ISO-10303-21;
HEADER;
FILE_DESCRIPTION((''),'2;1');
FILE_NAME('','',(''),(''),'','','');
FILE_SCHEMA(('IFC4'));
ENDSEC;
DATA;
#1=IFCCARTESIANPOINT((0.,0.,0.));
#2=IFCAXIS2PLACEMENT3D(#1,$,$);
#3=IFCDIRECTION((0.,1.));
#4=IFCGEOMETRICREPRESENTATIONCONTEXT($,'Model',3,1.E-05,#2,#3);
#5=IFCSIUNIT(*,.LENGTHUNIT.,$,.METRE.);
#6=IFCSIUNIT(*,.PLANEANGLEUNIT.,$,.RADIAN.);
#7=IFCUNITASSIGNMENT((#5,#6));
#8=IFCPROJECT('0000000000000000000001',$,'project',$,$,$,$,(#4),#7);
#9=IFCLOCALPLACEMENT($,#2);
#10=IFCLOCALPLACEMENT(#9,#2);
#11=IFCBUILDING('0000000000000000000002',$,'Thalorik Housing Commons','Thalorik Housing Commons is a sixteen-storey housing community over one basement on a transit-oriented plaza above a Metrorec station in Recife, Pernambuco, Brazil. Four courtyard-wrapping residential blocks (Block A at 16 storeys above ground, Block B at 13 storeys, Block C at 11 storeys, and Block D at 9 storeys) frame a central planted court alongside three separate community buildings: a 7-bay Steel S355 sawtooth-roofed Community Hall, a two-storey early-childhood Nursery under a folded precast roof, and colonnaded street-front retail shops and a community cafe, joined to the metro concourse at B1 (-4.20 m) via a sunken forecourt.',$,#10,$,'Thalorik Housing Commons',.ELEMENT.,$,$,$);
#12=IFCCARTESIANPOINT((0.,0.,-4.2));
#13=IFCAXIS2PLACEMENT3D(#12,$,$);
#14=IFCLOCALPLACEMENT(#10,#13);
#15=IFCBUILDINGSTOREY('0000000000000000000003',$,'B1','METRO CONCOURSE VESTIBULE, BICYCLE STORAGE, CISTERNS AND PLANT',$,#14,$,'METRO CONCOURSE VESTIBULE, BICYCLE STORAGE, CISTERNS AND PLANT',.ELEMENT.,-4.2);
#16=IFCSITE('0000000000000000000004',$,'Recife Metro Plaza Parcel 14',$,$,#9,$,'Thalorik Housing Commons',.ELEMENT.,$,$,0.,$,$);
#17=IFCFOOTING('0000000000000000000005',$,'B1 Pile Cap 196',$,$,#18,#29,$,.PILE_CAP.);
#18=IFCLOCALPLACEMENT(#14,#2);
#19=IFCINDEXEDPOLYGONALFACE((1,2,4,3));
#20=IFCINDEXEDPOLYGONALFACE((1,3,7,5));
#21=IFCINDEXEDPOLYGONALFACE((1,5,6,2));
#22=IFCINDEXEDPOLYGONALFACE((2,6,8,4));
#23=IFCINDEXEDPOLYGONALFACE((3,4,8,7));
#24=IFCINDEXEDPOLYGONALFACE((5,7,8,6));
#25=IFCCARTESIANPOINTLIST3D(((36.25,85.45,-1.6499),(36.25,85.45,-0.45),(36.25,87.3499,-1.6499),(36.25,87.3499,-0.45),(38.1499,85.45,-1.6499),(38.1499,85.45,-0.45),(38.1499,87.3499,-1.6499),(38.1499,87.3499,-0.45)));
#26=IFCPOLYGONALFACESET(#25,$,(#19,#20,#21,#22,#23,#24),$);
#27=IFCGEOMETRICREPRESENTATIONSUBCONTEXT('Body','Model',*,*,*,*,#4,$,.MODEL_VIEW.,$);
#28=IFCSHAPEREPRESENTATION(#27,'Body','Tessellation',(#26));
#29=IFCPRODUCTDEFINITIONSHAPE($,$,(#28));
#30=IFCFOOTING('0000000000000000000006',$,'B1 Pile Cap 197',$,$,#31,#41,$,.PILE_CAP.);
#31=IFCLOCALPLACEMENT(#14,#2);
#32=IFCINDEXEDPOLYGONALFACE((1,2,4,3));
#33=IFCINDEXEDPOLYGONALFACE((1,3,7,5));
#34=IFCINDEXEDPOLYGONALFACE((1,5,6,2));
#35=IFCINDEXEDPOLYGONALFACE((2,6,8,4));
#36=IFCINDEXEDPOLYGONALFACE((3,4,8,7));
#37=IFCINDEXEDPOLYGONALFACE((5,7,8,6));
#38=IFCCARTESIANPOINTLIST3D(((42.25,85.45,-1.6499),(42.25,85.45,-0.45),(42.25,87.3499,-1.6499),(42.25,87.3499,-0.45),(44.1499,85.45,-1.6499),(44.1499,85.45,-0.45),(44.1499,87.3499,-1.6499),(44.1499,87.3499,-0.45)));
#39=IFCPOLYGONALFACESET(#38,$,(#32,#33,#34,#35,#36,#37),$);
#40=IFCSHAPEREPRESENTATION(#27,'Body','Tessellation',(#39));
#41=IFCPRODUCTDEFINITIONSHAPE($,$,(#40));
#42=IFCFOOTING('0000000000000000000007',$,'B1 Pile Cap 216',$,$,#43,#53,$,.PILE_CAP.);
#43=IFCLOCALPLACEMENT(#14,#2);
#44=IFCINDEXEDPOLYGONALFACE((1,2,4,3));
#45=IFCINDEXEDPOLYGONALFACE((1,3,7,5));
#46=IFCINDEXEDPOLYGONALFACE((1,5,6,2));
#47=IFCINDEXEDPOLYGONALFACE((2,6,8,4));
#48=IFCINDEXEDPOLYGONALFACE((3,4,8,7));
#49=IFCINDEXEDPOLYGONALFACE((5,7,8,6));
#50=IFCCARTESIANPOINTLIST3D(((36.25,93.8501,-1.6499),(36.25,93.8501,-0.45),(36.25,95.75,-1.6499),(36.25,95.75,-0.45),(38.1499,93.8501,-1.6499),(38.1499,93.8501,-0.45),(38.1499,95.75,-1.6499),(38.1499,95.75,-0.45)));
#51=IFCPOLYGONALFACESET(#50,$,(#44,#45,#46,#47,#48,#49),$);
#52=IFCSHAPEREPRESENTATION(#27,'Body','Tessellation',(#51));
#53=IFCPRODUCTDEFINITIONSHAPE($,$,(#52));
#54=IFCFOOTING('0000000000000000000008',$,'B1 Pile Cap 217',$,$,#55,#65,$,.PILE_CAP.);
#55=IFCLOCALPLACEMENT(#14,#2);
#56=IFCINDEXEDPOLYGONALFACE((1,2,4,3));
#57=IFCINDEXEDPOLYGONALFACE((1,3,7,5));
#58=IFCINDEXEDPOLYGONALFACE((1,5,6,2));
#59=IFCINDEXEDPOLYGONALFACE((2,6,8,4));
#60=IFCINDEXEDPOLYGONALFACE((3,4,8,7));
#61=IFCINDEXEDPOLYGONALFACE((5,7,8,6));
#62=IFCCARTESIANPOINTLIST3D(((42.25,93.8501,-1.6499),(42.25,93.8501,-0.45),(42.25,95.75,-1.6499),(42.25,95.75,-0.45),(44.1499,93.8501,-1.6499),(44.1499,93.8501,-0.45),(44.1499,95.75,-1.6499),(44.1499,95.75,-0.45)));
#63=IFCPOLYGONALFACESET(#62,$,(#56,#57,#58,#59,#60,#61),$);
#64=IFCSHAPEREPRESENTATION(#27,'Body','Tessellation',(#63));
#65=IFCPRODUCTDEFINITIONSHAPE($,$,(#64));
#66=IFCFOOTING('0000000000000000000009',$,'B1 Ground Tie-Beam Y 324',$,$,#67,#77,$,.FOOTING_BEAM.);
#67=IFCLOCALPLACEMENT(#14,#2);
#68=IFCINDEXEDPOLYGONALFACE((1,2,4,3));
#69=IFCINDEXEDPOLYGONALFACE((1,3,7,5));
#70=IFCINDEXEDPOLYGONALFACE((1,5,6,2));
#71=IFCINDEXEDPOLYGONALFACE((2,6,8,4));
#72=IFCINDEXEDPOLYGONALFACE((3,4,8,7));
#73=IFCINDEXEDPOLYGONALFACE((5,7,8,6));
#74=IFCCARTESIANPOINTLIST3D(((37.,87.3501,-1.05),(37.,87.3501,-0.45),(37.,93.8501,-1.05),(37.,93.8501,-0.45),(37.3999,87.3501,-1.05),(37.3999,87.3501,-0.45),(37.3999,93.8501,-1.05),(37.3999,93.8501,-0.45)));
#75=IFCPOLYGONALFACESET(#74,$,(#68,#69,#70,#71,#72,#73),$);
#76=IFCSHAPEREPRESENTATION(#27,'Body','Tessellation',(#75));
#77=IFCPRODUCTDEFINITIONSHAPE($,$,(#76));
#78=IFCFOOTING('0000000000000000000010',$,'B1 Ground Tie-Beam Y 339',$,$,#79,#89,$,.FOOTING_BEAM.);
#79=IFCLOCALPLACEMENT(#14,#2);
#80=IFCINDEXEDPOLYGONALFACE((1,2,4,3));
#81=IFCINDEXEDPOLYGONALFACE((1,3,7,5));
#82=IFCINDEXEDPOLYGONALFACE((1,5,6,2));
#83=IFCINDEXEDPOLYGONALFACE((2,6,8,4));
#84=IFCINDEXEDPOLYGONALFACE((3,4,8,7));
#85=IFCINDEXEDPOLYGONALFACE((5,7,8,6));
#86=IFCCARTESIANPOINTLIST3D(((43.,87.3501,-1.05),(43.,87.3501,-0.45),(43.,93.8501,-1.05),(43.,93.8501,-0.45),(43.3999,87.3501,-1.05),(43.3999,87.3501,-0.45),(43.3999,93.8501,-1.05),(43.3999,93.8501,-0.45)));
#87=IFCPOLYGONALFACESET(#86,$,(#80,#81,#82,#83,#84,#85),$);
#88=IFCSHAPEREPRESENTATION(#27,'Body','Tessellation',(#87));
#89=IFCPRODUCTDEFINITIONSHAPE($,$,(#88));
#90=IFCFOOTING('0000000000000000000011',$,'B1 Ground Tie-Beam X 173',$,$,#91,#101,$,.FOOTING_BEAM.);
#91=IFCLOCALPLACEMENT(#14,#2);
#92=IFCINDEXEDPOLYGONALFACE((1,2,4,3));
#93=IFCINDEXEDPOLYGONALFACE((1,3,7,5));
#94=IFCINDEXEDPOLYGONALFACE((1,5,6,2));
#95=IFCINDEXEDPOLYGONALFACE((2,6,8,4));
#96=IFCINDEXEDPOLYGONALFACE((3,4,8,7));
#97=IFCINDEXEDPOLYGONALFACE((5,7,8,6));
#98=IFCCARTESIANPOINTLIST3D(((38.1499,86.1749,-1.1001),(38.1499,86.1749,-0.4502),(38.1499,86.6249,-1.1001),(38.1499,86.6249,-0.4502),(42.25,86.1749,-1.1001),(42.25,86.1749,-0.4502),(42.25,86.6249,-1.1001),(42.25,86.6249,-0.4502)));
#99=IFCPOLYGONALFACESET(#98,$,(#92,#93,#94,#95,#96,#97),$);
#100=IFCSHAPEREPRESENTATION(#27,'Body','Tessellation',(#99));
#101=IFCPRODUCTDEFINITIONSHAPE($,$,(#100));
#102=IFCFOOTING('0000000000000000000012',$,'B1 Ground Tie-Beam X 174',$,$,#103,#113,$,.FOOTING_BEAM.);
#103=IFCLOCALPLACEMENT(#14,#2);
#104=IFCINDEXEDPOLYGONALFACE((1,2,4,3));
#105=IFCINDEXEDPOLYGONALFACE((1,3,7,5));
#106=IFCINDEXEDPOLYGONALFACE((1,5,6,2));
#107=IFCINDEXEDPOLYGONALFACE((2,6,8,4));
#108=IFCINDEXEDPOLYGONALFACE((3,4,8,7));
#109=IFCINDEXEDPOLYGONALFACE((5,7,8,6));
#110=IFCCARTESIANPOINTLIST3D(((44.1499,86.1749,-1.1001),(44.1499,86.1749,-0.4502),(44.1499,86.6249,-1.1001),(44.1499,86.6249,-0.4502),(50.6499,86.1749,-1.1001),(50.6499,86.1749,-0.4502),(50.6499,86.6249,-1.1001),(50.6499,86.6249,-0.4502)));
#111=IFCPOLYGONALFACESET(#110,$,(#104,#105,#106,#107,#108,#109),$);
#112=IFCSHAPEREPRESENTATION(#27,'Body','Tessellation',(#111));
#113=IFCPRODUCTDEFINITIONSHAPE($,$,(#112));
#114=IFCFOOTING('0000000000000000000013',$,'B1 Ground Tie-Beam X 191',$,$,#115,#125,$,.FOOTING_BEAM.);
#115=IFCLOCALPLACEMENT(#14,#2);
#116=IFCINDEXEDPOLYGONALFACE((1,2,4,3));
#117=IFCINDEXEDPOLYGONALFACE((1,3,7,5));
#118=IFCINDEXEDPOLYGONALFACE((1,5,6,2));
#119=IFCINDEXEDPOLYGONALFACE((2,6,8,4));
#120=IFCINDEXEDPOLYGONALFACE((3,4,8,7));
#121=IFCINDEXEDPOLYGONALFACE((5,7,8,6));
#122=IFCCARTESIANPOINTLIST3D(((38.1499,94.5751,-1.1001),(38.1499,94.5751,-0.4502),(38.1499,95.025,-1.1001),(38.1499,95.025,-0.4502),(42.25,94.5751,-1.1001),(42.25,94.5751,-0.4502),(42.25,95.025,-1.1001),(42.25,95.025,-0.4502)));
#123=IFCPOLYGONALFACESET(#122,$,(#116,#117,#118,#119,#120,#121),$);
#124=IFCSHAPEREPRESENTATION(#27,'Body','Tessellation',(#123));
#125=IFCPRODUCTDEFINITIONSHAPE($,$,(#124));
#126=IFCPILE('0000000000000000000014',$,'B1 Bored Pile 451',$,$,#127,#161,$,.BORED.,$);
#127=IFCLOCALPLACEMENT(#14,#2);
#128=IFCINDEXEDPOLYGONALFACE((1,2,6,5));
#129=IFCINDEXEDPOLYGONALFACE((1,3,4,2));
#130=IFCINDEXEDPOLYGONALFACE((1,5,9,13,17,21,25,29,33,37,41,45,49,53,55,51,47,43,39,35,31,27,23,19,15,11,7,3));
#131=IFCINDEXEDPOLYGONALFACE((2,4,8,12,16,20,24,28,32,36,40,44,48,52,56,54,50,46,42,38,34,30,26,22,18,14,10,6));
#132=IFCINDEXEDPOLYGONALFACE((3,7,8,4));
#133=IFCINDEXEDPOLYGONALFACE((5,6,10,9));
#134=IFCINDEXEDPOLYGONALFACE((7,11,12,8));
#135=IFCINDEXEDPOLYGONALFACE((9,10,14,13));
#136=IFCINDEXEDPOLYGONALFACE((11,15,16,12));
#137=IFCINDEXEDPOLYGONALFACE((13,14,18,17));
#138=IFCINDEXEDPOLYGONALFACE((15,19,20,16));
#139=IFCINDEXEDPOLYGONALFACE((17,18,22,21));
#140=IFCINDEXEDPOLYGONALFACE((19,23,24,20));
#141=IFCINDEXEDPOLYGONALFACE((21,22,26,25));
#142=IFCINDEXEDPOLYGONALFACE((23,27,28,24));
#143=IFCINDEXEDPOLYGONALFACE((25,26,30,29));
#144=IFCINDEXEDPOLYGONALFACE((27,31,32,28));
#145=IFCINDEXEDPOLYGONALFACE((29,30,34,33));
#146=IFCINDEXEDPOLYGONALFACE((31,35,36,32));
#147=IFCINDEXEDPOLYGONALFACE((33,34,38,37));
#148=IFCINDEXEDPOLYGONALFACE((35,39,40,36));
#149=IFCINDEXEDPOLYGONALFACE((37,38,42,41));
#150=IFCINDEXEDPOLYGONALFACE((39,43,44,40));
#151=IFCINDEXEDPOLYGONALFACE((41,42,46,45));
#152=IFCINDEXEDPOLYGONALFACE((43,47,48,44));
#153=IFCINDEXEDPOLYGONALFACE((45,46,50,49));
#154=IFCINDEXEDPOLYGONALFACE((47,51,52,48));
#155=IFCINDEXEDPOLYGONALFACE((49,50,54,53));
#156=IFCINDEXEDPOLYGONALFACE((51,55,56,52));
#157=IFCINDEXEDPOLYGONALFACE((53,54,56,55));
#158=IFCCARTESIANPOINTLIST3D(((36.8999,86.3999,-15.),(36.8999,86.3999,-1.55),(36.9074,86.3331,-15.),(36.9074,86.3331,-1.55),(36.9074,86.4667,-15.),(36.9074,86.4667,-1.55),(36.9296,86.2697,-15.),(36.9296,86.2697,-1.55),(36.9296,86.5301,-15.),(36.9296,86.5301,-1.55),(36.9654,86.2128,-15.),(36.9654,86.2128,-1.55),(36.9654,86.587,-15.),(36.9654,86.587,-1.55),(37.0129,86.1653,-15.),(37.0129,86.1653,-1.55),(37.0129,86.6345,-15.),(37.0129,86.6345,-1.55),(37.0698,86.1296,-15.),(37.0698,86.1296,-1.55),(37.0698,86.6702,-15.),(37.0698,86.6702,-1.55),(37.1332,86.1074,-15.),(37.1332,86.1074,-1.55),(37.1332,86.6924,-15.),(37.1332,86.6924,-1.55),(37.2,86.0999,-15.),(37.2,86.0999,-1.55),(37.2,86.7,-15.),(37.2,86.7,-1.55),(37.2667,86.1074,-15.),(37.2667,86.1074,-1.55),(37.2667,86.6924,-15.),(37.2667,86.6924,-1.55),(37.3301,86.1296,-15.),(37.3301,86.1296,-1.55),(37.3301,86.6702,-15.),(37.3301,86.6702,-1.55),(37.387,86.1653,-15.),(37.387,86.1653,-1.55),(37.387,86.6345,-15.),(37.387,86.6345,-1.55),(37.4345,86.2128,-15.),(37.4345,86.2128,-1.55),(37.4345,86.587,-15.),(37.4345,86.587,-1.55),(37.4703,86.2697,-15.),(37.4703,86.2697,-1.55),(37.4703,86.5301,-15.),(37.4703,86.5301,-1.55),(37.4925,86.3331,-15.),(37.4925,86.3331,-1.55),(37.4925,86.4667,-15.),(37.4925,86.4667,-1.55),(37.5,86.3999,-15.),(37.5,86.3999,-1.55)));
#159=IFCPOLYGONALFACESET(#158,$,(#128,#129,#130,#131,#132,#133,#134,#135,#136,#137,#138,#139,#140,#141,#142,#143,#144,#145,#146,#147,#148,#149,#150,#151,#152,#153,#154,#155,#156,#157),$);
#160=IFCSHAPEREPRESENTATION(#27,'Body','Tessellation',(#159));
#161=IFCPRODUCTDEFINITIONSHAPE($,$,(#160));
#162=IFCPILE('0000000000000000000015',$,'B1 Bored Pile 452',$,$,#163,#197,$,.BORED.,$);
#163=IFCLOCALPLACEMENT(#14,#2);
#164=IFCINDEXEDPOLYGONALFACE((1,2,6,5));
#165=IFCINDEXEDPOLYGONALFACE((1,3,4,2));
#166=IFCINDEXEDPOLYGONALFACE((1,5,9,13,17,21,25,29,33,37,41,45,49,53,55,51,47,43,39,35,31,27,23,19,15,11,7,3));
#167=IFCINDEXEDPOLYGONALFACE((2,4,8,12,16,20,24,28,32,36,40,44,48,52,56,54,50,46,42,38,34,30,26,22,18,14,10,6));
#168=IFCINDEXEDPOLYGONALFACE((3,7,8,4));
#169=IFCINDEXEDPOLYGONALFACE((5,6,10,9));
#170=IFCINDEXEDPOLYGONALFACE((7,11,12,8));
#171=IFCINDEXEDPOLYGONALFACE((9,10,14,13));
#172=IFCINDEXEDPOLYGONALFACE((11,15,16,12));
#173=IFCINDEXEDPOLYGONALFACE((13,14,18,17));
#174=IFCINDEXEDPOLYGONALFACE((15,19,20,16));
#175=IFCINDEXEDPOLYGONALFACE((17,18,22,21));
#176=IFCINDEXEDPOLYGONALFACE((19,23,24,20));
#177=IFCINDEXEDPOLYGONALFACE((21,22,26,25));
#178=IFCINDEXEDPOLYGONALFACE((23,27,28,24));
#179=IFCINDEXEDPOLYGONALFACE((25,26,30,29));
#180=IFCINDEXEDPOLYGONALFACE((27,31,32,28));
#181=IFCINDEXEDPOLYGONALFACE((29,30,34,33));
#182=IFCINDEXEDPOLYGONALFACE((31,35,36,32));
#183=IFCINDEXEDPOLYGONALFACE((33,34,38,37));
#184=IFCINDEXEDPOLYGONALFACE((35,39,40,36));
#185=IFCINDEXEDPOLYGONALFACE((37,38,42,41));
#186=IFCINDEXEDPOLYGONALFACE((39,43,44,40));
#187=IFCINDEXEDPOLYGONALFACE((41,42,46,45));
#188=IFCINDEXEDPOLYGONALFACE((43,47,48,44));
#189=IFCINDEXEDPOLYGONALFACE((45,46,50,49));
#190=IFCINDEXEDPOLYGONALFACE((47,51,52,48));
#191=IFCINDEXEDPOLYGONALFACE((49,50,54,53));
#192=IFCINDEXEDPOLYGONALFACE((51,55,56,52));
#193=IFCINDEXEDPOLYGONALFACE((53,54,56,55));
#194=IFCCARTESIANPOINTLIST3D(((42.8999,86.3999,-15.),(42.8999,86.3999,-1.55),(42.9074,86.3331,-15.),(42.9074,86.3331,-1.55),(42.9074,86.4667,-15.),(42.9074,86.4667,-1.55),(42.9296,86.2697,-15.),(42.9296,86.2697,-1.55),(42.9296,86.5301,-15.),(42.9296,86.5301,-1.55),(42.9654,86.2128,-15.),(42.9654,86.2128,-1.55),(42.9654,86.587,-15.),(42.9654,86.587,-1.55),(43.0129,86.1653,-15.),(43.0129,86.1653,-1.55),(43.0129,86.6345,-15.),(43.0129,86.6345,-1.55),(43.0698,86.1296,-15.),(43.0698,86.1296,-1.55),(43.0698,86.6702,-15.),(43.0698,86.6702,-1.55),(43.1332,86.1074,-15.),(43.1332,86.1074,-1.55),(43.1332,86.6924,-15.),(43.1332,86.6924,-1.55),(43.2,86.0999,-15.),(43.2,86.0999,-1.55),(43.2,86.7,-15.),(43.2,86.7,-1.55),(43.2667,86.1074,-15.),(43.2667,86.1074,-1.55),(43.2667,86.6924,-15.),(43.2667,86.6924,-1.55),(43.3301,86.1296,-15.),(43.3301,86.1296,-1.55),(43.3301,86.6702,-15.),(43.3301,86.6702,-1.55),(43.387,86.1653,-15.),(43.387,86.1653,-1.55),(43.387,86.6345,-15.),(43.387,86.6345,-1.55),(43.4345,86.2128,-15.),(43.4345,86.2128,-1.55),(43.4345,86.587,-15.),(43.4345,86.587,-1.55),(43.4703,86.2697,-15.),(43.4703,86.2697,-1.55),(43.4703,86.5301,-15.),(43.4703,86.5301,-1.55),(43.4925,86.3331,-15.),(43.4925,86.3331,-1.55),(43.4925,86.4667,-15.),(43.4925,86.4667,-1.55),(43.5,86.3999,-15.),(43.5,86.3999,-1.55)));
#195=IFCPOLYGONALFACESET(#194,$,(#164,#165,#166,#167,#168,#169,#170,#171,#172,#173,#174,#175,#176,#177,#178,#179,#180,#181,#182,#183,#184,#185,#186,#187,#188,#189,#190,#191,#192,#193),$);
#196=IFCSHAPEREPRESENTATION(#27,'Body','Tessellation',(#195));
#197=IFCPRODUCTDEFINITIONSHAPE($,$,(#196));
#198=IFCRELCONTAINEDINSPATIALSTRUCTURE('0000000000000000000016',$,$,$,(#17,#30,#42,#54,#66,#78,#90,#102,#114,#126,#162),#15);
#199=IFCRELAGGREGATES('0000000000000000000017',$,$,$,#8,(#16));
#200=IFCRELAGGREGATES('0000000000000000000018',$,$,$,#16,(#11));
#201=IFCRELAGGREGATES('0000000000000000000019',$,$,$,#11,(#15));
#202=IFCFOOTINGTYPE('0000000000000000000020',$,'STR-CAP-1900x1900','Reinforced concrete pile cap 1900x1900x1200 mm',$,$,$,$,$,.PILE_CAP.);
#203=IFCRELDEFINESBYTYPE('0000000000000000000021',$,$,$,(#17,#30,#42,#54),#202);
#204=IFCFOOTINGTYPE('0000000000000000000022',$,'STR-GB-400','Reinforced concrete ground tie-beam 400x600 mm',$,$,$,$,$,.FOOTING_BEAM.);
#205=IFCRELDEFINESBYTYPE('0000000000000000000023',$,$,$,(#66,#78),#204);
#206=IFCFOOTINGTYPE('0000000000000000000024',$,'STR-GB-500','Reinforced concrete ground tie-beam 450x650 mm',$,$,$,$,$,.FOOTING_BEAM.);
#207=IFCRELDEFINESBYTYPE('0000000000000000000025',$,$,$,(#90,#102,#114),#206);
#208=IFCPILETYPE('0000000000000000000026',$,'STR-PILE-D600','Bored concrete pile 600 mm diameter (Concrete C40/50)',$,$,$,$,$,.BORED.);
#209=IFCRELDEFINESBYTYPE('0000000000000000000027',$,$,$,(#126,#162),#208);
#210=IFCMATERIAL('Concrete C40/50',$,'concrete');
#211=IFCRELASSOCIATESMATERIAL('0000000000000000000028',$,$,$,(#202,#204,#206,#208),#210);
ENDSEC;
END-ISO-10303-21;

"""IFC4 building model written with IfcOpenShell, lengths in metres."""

from ifc_helpers import new_model, si_unit, direction, frame, origin, origin_2d, place, context, subcontext, project, spatial, rectangle, circle, extrude, material, material_profile, profile_set, type_object, element, save


model = new_model("IFC4")

# Units and contexts
model_context = context("Model", 3, precision=1e-05, world=origin(), true_north=direction((0.0, 1.0)))
body_context = subcontext(model_context, "Body", "Model", "MODEL_VIEW")
ifc_project = project(units=[si_unit("LENGTHUNIT", "METRE"), si_unit("PLANEANGLEUNIT", "RADIAN")], contexts=[model_context])

# Site, building, storey
site_placement = place(None, origin())
site = spatial("IfcSite", under=ifc_project, at=site_placement, Name="Recife Metro Plaza Parcel 14", LongName="Thalorik Housing Commons", CompositionType="ELEMENT", RefElevation=0.0)
building_placement = place(site_placement, origin())
building = spatial("IfcBuilding", under=site, at=building_placement, Name="Thalorik Housing Commons", Description="Thalorik Housing Commons is a sixteen-storey housing community over one basement on a transit-oriented plaza above a Metrorec station in Recife, Pernambuco, Brazil. Four courtyard-wrapping residential blocks (Block A at 16 storeys above ground, Block B at 13 storeys, Block C at 11 storeys, and Block D at 9 storeys) frame a central planted court alongside three separate community buildings: a 7-bay Steel S355 sawtooth-roofed Community Hall, a two-storey early-childhood Nursery under a folded precast roof, and colonnaded street-front retail shops and a community cafe, joined to the metro concourse at B1 (-4.20 m) via a sunken forecourt.", LongName="Thalorik Housing Commons", CompositionType="ELEMENT")
storey_placement = place(building_placement, frame((0.0, 0.0, -4.2)))
storey = spatial("IfcBuildingStorey", under=building, at=storey_placement, Name="B1", Description="METRO CONCOURSE VESTIBULE, BICYCLE STORAGE, CISTERNS AND PLANT", LongName="METRO CONCOURSE VESTIBULE, BICYCLE STORAGE, CISTERNS AND PLANT", CompositionType="ELEMENT", Elevation=-4.2)

# Footings
ifc_material_1 = material(Name="Concrete C40/50", Category="concrete")
footing_type_1 = type_object("IfcFootingType", Name="STR-CAP-1900x1900", Description="Reinforced concrete pile cap 1900x1900x1200 mm", PredefinedType="PILE_CAP", material=ifc_material_1)
for number, where, z_axis, x_axis, name in (
    (1, (37.2, 86.3999, -1.6499), (0.0, 0.0, 1.0), (1.0, 0.0, 0.0), "B1 Pile Cap 196"),
    (2, (43.2, 86.3999, -1.6499), (0.0, 0.0, 1.0), (1.0, 0.0, 0.0), "B1 Pile Cap 197"),
    (3, (37.2, 94.8, -1.6499), (0.0, 0.0, 1.0), (1.0, 0.0, 0.0), "B1 Pile Cap 216"),
    (4, (43.2, 94.8, -1.6499), (0.0, 0.0, 1.0), (1.0, 0.0, 0.0), "B1 Pile Cap 217"),
):
    element("IfcFooting", number, at=place(storey_placement, frame(where, z_axis=z_axis, x_axis=x_axis)), inside=storey, type_object=footing_type_1, Name=name, PredefinedType="PILE_CAP", context=body_context, shape_type="SweptSolid", body=[
        extrude(rectangle(XDim=1.8999, YDim=1.8999, at=origin_2d()), origin(), (0.0, 0.0, 1.0), 1.2),
    ])
ifc_material_profile_1 = material_profile(ifc_material_1, rectangle(XDim=0.3999, YDim=0.6001, at=origin_2d()), Name="RC 400x600", Category="concrete")
ifc_profile_set_1 = profile_set([ifc_material_profile_1], Name="Concrete C40/50")
footing_type_2 = type_object("IfcFootingType", Name="STR-GB-400", Description="Reinforced concrete ground tie-beam 400x600 mm", PredefinedType="FOOTING_BEAM", material=ifc_profile_set_1)
for number, where, z_axis, x_axis, name in (
    (5, (37.2, 87.3501, -0.75), (0.0, 1.0, 0.0), (-1.0, 0.0, 0.0), "B1 Ground Tie-Beam Y 324"),
    (6, (43.2, 87.3501, -0.75), (0.0, 1.0, 0.0), (-1.0, 0.0, 0.0), "B1 Ground Tie-Beam Y 339"),
):
    element("IfcFooting", number, at=place(storey_placement, frame(where, z_axis=z_axis, x_axis=x_axis)), inside=storey, type_object=footing_type_2, Name=name, PredefinedType="FOOTING_BEAM", context=body_context, shape_type="SweptSolid", body=[
        extrude(rectangle(XDim=0.3999, YDim=0.6001, at=origin_2d()), origin(), (0.0, 0.0, 1.0), 6.5),
    ])
ifc_material_profile_2 = material_profile(ifc_material_1, rectangle(XDim=0.45, YDim=0.6499, at=origin_2d()), Name="RC 450x650", Category="concrete")
ifc_profile_set_2 = profile_set([ifc_material_profile_2], Name="Concrete C40/50")
footing_type_3 = type_object("IfcFootingType", Name="STR-GB-500", Description="Reinforced concrete ground tie-beam 450x650 mm", PredefinedType="FOOTING_BEAM", material=ifc_profile_set_2)
footing_1_placement = place(storey_placement, frame((38.1499, 86.3999, -0.7751), z_axis=(1.0, 0.0, 0.0), x_axis=(0.0, 1.0, 0.0)))
element("IfcFooting", 7, at=footing_1_placement, inside=storey, type_object=footing_type_3, Name="B1 Ground Tie-Beam X 173", PredefinedType="FOOTING_BEAM", context=body_context, shape_type="SweptSolid", body=[
    extrude(rectangle(XDim=0.45, YDim=0.6499, at=origin_2d()), origin(), (0.0, 0.0, 1.0), 4.1001),
])
footing_2_placement = place(storey_placement, frame((44.1499, 86.3999, -0.7751), z_axis=(1.0, 0.0, 0.0), x_axis=(0.0, 1.0, 0.0)))
element("IfcFooting", 8, at=footing_2_placement, inside=storey, type_object=footing_type_3, Name="B1 Ground Tie-Beam X 174", PredefinedType="FOOTING_BEAM", context=body_context, shape_type="SweptSolid", body=[
    extrude(rectangle(XDim=0.45, YDim=0.6499, at=origin_2d()), origin(), (0.0, 0.0, 1.0), 6.5),
])
footing_3_placement = place(storey_placement, frame((38.1499, 94.8, -0.7751), z_axis=(1.0, 0.0, 0.0), x_axis=(0.0, 1.0, 0.0)))
element("IfcFooting", 9, at=footing_3_placement, inside=storey, type_object=footing_type_3, Name="B1 Ground Tie-Beam X 191", PredefinedType="FOOTING_BEAM", context=body_context, shape_type="SweptSolid", body=[
    extrude(rectangle(XDim=0.45, YDim=0.6499, at=origin_2d()), origin(), (0.0, 0.0, 1.0), 4.1001),
])

# Piles
ifc_material_profile_3 = material_profile(ifc_material_1, circle(Radius=0.3, at=origin_2d()), Name="BORED PILE D600", Category="concrete")
ifc_profile_set_3 = profile_set([ifc_material_profile_3], Name="Concrete C40/50")
pile_type = type_object("IfcPileType", Name="STR-PILE-D600", Description="Bored concrete pile 600 mm diameter (Concrete C40/50)", PredefinedType="BORED", material=ifc_profile_set_3)
for number, where, z_axis, x_axis, name in (
    (10, (37.2, 86.3999, -1.55), (0.0, 0.0, -1.0), (1.0, 0.0, 0.0), "B1 Bored Pile 451"),
    (11, (43.2, 86.3999, -1.55), (0.0, 0.0, -1.0), (1.0, 0.0, 0.0), "B1 Bored Pile 452"),
):
    element("IfcPile", number, at=place(storey_placement, frame(where, z_axis=z_axis, x_axis=x_axis)), inside=storey, type_object=pile_type, Name=name, PredefinedType="BORED", context=body_context, shape_type="SweptSolid", body=[
        extrude(circle(Radius=0.3, at=origin_2d()), origin(), (0.0, 0.0, 1.0), 13.45),
    ])

save(model, "model.ifc")
